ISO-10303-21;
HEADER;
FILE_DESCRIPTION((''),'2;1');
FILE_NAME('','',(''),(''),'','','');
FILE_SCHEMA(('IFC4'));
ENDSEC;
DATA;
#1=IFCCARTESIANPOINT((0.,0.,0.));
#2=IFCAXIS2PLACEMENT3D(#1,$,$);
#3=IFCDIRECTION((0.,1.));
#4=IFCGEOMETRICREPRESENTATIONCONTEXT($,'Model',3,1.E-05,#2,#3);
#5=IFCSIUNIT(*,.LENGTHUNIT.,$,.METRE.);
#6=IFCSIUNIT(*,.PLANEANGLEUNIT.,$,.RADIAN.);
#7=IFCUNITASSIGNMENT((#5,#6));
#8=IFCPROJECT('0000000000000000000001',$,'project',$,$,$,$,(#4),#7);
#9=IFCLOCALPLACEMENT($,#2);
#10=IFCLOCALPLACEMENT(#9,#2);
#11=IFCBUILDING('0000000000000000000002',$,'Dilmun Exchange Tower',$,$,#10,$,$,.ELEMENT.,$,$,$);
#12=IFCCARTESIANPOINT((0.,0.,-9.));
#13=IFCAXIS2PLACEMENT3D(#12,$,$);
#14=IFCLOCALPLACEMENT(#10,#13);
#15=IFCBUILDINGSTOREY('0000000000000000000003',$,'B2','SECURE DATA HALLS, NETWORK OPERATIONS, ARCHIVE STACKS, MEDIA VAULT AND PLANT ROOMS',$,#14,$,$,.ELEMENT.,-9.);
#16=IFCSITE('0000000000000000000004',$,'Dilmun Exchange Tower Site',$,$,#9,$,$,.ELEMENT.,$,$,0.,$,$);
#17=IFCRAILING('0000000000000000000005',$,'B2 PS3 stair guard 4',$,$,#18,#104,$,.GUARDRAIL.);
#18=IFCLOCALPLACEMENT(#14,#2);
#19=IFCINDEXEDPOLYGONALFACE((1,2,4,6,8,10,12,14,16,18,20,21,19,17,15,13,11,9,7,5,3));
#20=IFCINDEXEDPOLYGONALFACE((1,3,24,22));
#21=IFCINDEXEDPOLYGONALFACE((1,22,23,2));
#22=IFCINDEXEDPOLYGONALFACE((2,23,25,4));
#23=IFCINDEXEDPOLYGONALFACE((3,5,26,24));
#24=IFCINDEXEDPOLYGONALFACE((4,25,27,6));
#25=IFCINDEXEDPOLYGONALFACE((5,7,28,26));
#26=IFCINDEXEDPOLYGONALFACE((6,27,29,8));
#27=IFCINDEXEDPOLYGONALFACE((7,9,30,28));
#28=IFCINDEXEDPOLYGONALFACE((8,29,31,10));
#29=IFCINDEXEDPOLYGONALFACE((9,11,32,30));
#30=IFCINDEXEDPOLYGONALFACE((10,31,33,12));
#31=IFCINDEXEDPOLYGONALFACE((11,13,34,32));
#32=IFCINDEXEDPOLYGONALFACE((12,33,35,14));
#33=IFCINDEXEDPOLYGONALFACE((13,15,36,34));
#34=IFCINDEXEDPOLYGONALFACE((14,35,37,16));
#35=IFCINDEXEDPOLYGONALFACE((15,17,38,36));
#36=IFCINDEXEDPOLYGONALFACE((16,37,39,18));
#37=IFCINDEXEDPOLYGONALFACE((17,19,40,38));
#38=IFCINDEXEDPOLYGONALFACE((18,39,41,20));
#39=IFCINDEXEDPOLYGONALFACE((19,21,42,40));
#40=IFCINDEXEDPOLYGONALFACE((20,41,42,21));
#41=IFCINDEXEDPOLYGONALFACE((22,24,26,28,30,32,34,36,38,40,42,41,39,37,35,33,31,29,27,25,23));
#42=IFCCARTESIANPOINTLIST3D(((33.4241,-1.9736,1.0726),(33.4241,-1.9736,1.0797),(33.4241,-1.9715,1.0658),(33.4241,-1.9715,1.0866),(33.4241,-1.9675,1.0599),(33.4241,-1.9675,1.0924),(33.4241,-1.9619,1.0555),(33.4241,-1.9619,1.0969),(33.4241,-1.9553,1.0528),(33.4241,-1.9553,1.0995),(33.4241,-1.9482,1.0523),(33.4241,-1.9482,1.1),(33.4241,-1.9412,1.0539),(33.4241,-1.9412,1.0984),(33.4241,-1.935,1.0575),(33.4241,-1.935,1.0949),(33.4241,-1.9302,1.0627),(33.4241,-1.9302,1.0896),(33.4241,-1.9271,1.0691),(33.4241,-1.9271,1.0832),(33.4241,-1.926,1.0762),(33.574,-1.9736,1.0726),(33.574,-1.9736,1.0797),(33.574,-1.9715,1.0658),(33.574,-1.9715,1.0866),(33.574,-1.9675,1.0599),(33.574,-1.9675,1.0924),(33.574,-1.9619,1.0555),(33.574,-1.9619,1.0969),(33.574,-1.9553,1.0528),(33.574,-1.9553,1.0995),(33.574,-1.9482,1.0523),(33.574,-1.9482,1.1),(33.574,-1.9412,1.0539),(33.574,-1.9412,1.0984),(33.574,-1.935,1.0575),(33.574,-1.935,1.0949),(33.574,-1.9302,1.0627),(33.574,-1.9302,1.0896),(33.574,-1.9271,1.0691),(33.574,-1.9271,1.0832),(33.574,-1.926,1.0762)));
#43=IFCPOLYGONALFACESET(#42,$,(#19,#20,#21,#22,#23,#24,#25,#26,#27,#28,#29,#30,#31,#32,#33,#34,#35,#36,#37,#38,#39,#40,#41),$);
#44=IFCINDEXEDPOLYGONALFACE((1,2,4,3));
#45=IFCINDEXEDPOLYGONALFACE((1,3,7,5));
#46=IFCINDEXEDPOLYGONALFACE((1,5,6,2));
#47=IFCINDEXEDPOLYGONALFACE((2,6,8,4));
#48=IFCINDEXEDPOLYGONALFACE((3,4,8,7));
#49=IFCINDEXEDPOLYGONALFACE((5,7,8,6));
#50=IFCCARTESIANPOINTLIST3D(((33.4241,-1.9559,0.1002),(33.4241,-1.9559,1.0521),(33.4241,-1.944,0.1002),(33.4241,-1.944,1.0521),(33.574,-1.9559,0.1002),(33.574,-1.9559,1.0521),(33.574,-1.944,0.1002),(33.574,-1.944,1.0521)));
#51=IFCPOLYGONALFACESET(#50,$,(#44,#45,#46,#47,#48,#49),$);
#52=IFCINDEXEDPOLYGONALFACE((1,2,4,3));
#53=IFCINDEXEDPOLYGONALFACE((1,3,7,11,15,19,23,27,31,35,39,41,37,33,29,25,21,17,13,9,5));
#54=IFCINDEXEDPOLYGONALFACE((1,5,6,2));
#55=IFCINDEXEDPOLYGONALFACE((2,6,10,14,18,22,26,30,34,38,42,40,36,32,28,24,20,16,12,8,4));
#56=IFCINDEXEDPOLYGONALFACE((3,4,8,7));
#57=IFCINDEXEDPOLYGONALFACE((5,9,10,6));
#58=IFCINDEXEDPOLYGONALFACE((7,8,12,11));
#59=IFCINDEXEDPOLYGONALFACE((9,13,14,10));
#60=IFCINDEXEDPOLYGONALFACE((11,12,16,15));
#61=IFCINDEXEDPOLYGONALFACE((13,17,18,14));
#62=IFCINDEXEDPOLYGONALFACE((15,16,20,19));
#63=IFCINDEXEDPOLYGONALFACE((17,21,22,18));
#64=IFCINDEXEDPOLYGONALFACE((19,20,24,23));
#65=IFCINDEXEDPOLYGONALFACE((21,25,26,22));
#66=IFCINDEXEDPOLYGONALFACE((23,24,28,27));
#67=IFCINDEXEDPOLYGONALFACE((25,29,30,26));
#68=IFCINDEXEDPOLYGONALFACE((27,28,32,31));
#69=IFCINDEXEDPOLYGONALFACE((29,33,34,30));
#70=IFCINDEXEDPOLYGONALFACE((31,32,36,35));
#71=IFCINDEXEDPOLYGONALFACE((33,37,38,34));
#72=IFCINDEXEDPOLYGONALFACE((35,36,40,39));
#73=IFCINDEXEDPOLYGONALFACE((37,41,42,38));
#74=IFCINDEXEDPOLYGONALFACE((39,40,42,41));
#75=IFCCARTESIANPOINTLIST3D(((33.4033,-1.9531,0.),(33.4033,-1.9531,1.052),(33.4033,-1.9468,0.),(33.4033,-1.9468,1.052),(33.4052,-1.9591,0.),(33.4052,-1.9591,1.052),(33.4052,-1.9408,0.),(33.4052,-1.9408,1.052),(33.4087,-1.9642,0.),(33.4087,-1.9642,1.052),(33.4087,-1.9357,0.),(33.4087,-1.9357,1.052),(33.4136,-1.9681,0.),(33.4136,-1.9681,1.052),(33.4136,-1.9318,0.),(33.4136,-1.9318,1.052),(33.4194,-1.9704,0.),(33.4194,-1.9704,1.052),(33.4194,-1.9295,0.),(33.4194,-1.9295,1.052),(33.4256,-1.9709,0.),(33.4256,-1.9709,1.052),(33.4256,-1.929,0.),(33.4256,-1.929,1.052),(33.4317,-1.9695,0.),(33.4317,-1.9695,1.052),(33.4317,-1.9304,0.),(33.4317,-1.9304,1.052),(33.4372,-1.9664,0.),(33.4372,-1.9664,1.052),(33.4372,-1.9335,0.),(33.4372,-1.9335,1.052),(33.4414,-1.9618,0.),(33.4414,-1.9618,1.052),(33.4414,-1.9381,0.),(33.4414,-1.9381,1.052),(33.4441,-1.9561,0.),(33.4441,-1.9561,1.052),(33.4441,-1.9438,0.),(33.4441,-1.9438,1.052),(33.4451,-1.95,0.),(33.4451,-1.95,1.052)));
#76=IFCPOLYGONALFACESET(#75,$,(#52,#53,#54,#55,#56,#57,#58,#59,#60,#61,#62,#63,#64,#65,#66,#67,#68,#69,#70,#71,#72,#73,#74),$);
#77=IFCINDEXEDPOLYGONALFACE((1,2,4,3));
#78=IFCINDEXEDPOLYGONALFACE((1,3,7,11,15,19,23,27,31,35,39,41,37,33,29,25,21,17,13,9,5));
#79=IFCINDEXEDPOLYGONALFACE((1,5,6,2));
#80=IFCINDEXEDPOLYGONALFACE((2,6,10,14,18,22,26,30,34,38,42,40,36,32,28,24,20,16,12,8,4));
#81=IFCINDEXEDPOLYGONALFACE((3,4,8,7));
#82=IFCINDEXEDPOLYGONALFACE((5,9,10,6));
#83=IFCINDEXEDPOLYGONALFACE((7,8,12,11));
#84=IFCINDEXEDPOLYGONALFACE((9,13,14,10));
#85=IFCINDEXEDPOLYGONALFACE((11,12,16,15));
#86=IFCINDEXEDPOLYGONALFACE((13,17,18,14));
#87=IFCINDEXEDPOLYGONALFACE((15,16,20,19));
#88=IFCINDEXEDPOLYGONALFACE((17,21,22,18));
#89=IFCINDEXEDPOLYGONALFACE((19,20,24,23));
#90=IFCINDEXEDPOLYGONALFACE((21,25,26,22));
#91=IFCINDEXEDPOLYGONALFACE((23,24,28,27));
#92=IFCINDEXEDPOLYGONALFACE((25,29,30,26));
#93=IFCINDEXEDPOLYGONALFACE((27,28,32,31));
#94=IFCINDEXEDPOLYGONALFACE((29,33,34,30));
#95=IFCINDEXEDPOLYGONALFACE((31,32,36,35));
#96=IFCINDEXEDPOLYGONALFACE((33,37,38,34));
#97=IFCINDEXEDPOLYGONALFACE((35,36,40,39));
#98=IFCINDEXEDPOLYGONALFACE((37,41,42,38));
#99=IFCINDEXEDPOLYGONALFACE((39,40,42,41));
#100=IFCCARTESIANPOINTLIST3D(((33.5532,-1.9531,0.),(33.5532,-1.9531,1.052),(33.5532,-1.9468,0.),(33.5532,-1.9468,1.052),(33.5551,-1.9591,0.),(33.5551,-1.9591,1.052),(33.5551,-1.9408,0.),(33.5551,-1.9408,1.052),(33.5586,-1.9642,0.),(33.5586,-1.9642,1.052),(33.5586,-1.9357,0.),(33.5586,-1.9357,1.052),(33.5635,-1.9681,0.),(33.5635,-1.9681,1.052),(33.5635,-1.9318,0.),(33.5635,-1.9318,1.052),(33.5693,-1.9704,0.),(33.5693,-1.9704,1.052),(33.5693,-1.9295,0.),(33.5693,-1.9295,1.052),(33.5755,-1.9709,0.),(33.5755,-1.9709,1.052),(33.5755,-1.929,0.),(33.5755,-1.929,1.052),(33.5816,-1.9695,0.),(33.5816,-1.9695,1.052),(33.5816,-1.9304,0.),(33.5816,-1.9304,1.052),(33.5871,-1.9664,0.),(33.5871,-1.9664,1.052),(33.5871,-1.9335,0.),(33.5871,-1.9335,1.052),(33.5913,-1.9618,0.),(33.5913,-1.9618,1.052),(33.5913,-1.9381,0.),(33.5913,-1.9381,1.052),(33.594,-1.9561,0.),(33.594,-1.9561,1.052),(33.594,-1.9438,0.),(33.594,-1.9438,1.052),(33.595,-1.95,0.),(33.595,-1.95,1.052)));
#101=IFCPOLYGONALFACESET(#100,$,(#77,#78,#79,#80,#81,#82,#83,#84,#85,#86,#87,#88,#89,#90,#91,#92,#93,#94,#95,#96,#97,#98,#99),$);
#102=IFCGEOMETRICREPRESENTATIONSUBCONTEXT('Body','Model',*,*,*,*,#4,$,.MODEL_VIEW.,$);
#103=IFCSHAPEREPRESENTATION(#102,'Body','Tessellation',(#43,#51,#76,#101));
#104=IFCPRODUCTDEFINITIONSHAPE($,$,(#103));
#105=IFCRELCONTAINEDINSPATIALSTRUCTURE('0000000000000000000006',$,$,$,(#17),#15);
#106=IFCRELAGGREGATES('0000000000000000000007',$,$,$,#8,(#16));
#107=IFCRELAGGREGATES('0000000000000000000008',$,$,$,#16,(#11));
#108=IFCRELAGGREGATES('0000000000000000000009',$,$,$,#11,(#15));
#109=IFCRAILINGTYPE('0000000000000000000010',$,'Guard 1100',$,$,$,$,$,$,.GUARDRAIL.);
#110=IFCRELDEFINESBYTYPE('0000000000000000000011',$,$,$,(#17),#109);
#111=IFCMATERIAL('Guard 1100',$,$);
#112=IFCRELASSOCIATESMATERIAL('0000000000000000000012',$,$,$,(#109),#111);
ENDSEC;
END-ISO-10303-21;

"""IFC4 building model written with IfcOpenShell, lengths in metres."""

from ifc_helpers import new_model, si_unit, direction, frame, origin, origin_2d, place, context, subcontext, project, spatial, rectangle, circle, extrude, material, type_object, element, save


model = new_model("IFC4")

# Units and contexts
model_context = context("Model", 3, precision=1e-05, world=origin(), true_north=direction((0.0, 1.0)))
body_context = subcontext(model_context, "Body", "Model", "MODEL_VIEW")
ifc_project = project(units=[si_unit("LENGTHUNIT", "METRE"), si_unit("PLANEANGLEUNIT", "RADIAN")], contexts=[model_context])

# Site, building, storey
site_placement = place(None, origin())
site = spatial("IfcSite", under=ifc_project, at=site_placement, Name="Dilmun Exchange Tower Site", CompositionType="ELEMENT", RefElevation=0.0)
building_placement = place(site_placement, origin())
building = spatial("IfcBuilding", under=site, at=building_placement, Name="Dilmun Exchange Tower", CompositionType="ELEMENT")
storey_placement = place(building_placement, frame((0.0, 0.0, -9.0)))
storey = spatial("IfcBuildingStorey", under=building, at=storey_placement, Name="B2", Description="SECURE DATA HALLS, NETWORK OPERATIONS, ARCHIVE STACKS, MEDIA VAULT AND PLANT ROOMS", CompositionType="ELEMENT", Elevation=-9.0)

# Railing
ifc_material_1 = material(Name="Guard 1100")
railing_type_1 = type_object("IfcRailingType", Name="Guard 1100", PredefinedType="GUARDRAIL", material=ifc_material_1)
railing_1_placement = place(storey_placement, frame((33.4241, -1.95, 0.0)))
element("IfcRailing", 1, at=railing_1_placement, inside=storey, type_object=railing_type_1, Name="B2 PS3 stair guard 4", PredefinedType="GUARDRAIL", context=body_context, shape_type="SweptSolid", body=[
    extrude(circle(Radius=0.0239, at=origin_2d()), frame((0.0, 0.0, 1.0762), z_axis=(1.0, 0.0, 0.0), x_axis=(0.0, 1.0, 0.0)), (0.0, 0.0, 1.0), 0.1499),
    extrude(rectangle(XDim=0.012, YDim=0.9519, at=origin_2d()), frame((0.0, 0.0, 0.5762), z_axis=(1.0, 0.0, 0.0), x_axis=(0.0, 1.0, 0.0)), (0.0, 0.0, 1.0), 0.1499),
    extrude(circle(Radius=0.021, at=origin_2d()), origin(), (0.0, 0.0, 1.0), 1.052),
    extrude(circle(Radius=0.021, at=origin_2d()), frame((0.1499, 0.0, 0.0)), (0.0, 0.0, 1.0), 1.052),
])

save(model, "model.ifc")
